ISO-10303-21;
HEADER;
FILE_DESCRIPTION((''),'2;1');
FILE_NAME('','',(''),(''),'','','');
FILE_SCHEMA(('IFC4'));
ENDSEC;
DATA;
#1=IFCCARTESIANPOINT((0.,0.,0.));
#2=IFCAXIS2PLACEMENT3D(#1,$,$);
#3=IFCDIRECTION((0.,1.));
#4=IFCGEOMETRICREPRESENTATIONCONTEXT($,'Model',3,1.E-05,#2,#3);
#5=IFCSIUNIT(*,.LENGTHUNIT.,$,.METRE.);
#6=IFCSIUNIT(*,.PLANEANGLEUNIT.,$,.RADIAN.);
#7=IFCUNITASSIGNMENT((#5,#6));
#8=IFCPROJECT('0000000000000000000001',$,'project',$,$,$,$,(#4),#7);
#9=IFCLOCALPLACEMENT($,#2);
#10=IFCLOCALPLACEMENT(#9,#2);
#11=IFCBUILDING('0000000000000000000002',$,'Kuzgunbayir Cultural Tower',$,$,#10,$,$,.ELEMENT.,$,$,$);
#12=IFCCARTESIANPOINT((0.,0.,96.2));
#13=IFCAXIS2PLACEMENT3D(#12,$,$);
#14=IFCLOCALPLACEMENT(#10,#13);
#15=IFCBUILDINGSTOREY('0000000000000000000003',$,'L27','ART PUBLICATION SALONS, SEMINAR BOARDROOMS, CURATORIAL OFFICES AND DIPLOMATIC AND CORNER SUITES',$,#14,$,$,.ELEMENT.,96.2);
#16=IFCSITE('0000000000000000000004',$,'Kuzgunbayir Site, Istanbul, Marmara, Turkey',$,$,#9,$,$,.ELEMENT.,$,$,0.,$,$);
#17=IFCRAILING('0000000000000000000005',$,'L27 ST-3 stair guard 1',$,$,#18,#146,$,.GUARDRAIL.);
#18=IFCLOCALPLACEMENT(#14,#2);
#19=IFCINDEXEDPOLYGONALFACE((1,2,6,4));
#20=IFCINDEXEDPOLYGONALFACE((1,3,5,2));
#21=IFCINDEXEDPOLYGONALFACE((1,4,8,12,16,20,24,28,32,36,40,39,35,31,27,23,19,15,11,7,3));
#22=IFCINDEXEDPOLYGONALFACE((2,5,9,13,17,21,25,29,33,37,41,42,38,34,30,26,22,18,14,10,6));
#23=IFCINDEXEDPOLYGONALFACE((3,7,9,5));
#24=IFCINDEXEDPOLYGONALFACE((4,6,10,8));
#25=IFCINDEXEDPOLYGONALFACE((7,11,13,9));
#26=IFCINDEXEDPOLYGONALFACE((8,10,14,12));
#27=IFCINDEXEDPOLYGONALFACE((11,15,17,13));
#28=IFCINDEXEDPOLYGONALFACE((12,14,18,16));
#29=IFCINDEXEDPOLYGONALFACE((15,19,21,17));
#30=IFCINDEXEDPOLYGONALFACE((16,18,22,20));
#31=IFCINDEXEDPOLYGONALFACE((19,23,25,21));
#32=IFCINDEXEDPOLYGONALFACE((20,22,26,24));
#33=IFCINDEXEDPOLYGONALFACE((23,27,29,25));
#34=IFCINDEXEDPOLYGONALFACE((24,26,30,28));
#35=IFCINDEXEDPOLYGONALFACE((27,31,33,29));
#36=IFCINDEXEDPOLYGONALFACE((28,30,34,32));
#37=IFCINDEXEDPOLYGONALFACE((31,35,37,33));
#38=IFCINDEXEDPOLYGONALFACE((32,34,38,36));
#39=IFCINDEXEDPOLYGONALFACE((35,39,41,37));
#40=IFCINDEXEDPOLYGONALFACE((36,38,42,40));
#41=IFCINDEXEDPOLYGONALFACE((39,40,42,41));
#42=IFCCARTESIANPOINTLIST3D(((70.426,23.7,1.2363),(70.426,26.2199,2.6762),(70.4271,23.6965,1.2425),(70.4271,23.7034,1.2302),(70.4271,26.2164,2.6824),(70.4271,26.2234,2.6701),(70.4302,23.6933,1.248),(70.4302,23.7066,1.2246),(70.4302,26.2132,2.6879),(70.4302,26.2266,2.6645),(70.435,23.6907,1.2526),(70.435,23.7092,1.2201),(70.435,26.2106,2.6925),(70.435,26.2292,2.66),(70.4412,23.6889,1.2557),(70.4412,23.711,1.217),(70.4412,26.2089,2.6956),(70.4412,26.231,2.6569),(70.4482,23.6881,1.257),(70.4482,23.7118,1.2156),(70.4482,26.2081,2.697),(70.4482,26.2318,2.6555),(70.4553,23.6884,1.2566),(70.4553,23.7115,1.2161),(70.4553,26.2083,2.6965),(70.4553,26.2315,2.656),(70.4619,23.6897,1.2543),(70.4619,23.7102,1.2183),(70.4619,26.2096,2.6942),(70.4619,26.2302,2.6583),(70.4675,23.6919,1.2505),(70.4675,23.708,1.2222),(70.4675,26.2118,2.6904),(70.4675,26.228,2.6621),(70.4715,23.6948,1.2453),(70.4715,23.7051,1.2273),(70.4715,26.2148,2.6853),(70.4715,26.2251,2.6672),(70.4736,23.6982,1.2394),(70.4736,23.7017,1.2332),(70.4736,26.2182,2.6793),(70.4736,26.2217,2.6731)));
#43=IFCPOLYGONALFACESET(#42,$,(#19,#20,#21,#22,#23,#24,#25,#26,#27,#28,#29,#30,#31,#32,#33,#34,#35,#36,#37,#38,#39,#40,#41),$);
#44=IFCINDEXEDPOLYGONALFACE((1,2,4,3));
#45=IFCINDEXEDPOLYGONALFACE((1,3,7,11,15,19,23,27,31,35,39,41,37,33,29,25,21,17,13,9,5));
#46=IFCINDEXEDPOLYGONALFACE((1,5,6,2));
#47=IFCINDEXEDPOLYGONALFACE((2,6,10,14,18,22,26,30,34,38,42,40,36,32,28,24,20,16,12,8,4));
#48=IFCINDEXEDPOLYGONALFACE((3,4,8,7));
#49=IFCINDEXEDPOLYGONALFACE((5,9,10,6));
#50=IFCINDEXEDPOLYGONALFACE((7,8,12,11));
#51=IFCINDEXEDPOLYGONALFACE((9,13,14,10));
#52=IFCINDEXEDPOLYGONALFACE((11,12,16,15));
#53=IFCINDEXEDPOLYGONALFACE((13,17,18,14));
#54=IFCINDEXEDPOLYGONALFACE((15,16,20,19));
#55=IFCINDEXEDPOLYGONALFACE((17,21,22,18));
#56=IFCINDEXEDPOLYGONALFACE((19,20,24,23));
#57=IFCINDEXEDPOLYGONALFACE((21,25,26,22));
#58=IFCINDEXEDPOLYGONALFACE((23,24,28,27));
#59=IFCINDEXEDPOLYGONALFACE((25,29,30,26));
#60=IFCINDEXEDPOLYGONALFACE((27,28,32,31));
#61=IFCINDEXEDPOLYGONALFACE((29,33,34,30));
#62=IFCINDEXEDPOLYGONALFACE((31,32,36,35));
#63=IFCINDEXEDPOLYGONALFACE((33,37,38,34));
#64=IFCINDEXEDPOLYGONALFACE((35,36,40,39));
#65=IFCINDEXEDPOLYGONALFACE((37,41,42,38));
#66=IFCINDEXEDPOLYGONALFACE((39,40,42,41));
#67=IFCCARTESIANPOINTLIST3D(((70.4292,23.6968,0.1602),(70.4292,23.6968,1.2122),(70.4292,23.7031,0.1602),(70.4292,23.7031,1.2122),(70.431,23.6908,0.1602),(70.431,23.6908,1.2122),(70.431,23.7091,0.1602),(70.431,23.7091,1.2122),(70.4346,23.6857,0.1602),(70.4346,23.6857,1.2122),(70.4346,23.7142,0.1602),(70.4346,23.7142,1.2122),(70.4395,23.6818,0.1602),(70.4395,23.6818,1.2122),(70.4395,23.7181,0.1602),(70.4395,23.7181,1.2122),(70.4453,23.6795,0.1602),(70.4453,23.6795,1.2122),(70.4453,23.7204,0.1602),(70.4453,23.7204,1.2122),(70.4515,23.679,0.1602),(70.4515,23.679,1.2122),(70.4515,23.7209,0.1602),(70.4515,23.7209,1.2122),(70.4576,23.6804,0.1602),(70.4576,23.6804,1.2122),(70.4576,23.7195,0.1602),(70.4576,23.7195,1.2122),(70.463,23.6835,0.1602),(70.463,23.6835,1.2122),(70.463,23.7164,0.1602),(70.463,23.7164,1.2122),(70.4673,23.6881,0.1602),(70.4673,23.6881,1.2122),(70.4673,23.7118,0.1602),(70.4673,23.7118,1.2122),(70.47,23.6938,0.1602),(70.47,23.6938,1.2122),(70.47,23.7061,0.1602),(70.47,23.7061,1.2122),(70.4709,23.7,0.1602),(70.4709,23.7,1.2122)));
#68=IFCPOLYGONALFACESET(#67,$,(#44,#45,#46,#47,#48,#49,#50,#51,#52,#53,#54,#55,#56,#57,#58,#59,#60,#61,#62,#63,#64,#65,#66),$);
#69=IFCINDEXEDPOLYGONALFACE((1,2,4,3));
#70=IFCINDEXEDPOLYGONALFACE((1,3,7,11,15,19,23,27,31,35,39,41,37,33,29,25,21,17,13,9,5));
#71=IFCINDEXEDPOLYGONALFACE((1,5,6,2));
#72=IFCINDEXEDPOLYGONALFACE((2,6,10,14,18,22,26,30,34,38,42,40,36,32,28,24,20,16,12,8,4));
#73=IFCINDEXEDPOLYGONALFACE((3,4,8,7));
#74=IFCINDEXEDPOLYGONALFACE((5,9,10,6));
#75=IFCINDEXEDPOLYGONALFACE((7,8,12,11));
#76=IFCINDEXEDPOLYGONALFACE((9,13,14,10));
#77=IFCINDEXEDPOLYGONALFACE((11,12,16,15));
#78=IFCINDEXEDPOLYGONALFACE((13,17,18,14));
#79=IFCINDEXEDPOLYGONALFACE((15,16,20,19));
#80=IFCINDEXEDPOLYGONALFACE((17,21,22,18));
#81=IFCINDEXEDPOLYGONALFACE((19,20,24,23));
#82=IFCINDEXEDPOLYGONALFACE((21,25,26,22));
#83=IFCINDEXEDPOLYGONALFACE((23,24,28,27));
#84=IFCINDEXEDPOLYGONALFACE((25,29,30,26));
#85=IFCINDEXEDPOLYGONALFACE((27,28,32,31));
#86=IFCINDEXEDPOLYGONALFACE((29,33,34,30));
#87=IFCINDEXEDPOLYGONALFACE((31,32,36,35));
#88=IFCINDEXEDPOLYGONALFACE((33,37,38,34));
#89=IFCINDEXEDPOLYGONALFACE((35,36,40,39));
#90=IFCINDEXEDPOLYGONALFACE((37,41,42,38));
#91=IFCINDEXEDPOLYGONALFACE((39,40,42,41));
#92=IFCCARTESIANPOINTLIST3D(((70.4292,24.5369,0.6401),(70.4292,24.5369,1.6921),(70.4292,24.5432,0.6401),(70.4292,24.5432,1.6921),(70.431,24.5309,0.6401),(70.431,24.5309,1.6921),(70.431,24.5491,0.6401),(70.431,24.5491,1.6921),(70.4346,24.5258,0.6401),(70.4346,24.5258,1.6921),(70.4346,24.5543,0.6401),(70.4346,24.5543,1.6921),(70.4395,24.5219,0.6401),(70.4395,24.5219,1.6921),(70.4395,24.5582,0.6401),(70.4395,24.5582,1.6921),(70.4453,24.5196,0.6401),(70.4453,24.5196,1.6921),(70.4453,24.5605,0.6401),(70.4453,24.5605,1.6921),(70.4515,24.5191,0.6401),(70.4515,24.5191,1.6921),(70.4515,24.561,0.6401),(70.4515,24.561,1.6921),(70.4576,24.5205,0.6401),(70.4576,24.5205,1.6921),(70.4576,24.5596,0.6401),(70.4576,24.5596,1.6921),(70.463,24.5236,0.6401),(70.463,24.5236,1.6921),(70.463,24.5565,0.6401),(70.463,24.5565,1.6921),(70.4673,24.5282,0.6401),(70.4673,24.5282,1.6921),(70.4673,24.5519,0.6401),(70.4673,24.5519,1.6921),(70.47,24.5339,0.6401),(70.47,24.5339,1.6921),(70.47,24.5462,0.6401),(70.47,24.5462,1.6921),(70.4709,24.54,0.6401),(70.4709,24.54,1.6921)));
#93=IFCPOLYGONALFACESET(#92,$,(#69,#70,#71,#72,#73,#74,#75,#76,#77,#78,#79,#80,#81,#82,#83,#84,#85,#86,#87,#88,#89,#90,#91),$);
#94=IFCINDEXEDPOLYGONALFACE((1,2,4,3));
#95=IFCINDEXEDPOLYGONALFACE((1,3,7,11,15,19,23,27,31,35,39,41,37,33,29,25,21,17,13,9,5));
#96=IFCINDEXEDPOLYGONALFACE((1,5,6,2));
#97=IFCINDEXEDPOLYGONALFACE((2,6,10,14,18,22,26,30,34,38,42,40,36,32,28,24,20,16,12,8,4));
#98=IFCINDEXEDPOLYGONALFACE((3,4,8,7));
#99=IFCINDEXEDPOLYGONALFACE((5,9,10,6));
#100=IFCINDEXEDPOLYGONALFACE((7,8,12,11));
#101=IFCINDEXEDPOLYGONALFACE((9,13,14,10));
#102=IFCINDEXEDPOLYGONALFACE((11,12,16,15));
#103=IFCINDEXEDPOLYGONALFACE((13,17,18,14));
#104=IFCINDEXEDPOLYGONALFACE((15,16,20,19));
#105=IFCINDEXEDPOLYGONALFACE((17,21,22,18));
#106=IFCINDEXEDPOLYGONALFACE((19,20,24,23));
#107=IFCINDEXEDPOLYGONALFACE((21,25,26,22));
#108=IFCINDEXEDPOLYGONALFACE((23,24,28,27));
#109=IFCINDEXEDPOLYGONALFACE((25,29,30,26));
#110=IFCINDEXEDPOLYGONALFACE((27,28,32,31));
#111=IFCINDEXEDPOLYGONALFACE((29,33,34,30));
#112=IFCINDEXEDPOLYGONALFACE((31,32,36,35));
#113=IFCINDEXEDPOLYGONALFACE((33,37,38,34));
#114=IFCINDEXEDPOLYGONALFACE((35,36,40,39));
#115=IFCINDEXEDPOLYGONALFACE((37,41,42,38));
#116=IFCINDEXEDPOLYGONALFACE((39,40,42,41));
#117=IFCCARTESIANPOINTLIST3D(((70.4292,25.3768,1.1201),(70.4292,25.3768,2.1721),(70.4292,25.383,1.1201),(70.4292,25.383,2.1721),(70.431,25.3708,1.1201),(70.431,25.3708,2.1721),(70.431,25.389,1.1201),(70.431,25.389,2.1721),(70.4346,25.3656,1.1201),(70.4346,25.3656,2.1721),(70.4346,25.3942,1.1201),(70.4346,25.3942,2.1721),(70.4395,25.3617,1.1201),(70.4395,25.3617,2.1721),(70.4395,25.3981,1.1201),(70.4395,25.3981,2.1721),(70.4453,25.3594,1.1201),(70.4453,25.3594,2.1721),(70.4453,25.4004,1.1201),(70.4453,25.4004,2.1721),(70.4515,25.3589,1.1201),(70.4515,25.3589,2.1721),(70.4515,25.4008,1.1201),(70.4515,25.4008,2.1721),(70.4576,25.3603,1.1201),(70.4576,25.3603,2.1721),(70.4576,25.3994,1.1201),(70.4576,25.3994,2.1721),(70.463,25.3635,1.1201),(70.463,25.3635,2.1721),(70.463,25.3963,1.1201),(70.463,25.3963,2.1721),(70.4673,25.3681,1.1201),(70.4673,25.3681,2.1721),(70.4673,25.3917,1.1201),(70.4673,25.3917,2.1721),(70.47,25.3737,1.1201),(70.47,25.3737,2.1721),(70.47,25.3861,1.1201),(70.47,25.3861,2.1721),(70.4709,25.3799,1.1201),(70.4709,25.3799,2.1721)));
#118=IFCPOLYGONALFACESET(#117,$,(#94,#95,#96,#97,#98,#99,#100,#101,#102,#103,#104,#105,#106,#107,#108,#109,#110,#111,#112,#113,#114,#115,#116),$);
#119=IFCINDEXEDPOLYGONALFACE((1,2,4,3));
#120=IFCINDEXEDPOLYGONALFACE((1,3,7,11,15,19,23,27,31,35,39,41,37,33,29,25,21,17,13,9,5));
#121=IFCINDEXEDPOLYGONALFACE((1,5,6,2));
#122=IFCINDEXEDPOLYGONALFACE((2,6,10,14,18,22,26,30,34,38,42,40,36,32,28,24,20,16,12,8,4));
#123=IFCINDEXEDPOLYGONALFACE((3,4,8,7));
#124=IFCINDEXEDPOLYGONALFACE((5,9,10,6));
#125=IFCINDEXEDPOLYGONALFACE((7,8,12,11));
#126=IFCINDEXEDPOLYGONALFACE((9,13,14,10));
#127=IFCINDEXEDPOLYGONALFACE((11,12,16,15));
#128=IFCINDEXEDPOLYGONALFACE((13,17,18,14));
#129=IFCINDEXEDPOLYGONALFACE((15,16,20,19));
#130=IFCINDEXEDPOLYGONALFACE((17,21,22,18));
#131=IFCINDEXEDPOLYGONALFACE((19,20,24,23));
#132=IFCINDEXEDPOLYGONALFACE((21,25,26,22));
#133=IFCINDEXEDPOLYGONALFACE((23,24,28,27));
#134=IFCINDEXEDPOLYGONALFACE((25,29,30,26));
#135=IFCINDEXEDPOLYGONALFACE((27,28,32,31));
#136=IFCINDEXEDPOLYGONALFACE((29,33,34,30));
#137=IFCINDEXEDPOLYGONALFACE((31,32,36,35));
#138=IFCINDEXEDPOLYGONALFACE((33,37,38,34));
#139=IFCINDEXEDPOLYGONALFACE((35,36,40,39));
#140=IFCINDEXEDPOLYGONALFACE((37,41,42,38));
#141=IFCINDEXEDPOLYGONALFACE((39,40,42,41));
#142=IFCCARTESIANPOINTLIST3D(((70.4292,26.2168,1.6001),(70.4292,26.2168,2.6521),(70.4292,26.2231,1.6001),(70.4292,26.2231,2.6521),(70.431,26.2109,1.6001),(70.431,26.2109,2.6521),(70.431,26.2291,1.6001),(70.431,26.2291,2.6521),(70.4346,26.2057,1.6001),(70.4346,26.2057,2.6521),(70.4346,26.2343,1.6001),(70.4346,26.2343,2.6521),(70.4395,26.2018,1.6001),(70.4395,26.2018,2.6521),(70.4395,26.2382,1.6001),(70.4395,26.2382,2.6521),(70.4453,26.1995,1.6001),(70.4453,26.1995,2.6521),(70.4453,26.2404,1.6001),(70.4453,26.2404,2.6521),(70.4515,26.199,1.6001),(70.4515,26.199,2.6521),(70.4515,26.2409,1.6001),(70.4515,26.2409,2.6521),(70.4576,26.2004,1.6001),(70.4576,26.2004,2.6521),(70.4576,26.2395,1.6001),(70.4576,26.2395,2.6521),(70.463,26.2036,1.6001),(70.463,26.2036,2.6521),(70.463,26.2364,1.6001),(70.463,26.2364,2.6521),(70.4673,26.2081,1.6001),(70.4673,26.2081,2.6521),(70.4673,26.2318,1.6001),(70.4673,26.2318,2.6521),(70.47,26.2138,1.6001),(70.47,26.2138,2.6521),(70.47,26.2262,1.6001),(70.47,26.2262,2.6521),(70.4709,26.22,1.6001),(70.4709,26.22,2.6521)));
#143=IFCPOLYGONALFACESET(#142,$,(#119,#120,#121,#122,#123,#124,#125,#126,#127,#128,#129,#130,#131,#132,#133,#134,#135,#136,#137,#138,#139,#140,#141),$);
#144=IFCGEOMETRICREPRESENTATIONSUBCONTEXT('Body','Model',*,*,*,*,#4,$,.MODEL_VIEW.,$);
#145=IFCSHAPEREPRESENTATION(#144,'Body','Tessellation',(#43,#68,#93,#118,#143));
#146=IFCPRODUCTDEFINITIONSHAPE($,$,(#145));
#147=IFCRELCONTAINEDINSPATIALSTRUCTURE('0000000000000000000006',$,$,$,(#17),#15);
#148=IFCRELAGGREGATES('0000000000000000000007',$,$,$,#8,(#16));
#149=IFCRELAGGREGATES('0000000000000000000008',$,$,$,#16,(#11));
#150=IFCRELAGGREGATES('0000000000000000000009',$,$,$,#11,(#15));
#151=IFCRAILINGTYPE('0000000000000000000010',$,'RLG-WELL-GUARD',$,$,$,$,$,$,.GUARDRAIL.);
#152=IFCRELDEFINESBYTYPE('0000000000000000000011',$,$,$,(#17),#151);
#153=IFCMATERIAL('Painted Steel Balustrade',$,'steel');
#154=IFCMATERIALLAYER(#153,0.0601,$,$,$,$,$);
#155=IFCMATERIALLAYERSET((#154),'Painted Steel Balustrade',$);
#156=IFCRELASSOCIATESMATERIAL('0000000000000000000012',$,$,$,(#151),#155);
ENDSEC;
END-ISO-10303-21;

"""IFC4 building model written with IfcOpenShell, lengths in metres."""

from ifc_helpers import new_model, si_unit, direction, frame, origin, origin_2d, place, context, subcontext, project, spatial, circle, extrude, material, layer, layer_set, type_object, element, save


model = new_model("IFC4")

# Units and contexts
model_context = context("Model", 3, precision=1e-05, world=origin(), true_north=direction((0.0, 1.0)))
body_context = subcontext(model_context, "Body", "Model", "MODEL_VIEW")
ifc_project = project(units=[si_unit("LENGTHUNIT", "METRE"), si_unit("PLANEANGLEUNIT", "RADIAN")], contexts=[model_context])

# Site, building, storey
site_placement = place(None, origin())
site = spatial("IfcSite", under=ifc_project, at=site_placement, Name="Kuzgunbayir Site, Istanbul, Marmara, Turkey", CompositionType="ELEMENT", RefElevation=0.0)
building_placement = place(site_placement, origin())
building = spatial("IfcBuilding", under=site, at=building_placement, Name="Kuzgunbayir Cultural Tower", CompositionType="ELEMENT")
storey_placement = place(building_placement, frame((0.0, 0.0, 96.2)))
storey = spatial("IfcBuildingStorey", under=building, at=storey_placement, Name="L27", Description="ART PUBLICATION SALONS, SEMINAR BOARDROOMS, CURATORIAL OFFICES AND DIPLOMATIC AND CORNER SUITES", CompositionType="ELEMENT", Elevation=96.2)

# Railing
ifc_material_1 = material(Name="Painted Steel Balustrade", Category="steel")
ifc_layer_1 = layer(ifc_material_1, 0.0601)
ifc_layer_set_1 = layer_set([ifc_layer_1], Name="Painted Steel Balustrade")
railing_type_1 = type_object("IfcRailingType", Name="RLG-WELL-GUARD", PredefinedType="GUARDRAIL", material=ifc_layer_set_1)
railing_1_placement = place(storey_placement, frame((70.45, 23.7, 0.1602)))
element("IfcRailing", 1, at=railing_1_placement, inside=storey, type_object=railing_type_1, Name="L27 ST-3 stair guard 1", PredefinedType="GUARDRAIL", context=body_context, shape_type="SweptSolid", body=[
    extrude(circle(Radius=0.0239, at=origin_2d()), frame((0.0, 0.0, 1.0762), z_axis=(0.0, 0.868253, 0.496121), x_axis=(-1.0, 0.0, 0.0)), (0.0, 0.0, 1.0), 2.9023),
    extrude(circle(Radius=0.021, at=origin_2d()), origin(), (0.0, 0.0, 1.0), 1.052),
    extrude(circle(Radius=0.021, at=origin_2d()), frame((0.0, 0.8401, 0.48)), (0.0, 0.0, 1.0), 1.052),
    extrude(circle(Radius=0.021, at=origin_2d()), frame((0.0, 1.6799, 0.96)), (0.0, 0.0, 1.0), 1.052),
    extrude(circle(Radius=0.021, at=origin_2d()), frame((0.0, 2.52, 1.4399)), (0.0, 0.0, 1.0), 1.052),
])

save(model, "model.ifc")
